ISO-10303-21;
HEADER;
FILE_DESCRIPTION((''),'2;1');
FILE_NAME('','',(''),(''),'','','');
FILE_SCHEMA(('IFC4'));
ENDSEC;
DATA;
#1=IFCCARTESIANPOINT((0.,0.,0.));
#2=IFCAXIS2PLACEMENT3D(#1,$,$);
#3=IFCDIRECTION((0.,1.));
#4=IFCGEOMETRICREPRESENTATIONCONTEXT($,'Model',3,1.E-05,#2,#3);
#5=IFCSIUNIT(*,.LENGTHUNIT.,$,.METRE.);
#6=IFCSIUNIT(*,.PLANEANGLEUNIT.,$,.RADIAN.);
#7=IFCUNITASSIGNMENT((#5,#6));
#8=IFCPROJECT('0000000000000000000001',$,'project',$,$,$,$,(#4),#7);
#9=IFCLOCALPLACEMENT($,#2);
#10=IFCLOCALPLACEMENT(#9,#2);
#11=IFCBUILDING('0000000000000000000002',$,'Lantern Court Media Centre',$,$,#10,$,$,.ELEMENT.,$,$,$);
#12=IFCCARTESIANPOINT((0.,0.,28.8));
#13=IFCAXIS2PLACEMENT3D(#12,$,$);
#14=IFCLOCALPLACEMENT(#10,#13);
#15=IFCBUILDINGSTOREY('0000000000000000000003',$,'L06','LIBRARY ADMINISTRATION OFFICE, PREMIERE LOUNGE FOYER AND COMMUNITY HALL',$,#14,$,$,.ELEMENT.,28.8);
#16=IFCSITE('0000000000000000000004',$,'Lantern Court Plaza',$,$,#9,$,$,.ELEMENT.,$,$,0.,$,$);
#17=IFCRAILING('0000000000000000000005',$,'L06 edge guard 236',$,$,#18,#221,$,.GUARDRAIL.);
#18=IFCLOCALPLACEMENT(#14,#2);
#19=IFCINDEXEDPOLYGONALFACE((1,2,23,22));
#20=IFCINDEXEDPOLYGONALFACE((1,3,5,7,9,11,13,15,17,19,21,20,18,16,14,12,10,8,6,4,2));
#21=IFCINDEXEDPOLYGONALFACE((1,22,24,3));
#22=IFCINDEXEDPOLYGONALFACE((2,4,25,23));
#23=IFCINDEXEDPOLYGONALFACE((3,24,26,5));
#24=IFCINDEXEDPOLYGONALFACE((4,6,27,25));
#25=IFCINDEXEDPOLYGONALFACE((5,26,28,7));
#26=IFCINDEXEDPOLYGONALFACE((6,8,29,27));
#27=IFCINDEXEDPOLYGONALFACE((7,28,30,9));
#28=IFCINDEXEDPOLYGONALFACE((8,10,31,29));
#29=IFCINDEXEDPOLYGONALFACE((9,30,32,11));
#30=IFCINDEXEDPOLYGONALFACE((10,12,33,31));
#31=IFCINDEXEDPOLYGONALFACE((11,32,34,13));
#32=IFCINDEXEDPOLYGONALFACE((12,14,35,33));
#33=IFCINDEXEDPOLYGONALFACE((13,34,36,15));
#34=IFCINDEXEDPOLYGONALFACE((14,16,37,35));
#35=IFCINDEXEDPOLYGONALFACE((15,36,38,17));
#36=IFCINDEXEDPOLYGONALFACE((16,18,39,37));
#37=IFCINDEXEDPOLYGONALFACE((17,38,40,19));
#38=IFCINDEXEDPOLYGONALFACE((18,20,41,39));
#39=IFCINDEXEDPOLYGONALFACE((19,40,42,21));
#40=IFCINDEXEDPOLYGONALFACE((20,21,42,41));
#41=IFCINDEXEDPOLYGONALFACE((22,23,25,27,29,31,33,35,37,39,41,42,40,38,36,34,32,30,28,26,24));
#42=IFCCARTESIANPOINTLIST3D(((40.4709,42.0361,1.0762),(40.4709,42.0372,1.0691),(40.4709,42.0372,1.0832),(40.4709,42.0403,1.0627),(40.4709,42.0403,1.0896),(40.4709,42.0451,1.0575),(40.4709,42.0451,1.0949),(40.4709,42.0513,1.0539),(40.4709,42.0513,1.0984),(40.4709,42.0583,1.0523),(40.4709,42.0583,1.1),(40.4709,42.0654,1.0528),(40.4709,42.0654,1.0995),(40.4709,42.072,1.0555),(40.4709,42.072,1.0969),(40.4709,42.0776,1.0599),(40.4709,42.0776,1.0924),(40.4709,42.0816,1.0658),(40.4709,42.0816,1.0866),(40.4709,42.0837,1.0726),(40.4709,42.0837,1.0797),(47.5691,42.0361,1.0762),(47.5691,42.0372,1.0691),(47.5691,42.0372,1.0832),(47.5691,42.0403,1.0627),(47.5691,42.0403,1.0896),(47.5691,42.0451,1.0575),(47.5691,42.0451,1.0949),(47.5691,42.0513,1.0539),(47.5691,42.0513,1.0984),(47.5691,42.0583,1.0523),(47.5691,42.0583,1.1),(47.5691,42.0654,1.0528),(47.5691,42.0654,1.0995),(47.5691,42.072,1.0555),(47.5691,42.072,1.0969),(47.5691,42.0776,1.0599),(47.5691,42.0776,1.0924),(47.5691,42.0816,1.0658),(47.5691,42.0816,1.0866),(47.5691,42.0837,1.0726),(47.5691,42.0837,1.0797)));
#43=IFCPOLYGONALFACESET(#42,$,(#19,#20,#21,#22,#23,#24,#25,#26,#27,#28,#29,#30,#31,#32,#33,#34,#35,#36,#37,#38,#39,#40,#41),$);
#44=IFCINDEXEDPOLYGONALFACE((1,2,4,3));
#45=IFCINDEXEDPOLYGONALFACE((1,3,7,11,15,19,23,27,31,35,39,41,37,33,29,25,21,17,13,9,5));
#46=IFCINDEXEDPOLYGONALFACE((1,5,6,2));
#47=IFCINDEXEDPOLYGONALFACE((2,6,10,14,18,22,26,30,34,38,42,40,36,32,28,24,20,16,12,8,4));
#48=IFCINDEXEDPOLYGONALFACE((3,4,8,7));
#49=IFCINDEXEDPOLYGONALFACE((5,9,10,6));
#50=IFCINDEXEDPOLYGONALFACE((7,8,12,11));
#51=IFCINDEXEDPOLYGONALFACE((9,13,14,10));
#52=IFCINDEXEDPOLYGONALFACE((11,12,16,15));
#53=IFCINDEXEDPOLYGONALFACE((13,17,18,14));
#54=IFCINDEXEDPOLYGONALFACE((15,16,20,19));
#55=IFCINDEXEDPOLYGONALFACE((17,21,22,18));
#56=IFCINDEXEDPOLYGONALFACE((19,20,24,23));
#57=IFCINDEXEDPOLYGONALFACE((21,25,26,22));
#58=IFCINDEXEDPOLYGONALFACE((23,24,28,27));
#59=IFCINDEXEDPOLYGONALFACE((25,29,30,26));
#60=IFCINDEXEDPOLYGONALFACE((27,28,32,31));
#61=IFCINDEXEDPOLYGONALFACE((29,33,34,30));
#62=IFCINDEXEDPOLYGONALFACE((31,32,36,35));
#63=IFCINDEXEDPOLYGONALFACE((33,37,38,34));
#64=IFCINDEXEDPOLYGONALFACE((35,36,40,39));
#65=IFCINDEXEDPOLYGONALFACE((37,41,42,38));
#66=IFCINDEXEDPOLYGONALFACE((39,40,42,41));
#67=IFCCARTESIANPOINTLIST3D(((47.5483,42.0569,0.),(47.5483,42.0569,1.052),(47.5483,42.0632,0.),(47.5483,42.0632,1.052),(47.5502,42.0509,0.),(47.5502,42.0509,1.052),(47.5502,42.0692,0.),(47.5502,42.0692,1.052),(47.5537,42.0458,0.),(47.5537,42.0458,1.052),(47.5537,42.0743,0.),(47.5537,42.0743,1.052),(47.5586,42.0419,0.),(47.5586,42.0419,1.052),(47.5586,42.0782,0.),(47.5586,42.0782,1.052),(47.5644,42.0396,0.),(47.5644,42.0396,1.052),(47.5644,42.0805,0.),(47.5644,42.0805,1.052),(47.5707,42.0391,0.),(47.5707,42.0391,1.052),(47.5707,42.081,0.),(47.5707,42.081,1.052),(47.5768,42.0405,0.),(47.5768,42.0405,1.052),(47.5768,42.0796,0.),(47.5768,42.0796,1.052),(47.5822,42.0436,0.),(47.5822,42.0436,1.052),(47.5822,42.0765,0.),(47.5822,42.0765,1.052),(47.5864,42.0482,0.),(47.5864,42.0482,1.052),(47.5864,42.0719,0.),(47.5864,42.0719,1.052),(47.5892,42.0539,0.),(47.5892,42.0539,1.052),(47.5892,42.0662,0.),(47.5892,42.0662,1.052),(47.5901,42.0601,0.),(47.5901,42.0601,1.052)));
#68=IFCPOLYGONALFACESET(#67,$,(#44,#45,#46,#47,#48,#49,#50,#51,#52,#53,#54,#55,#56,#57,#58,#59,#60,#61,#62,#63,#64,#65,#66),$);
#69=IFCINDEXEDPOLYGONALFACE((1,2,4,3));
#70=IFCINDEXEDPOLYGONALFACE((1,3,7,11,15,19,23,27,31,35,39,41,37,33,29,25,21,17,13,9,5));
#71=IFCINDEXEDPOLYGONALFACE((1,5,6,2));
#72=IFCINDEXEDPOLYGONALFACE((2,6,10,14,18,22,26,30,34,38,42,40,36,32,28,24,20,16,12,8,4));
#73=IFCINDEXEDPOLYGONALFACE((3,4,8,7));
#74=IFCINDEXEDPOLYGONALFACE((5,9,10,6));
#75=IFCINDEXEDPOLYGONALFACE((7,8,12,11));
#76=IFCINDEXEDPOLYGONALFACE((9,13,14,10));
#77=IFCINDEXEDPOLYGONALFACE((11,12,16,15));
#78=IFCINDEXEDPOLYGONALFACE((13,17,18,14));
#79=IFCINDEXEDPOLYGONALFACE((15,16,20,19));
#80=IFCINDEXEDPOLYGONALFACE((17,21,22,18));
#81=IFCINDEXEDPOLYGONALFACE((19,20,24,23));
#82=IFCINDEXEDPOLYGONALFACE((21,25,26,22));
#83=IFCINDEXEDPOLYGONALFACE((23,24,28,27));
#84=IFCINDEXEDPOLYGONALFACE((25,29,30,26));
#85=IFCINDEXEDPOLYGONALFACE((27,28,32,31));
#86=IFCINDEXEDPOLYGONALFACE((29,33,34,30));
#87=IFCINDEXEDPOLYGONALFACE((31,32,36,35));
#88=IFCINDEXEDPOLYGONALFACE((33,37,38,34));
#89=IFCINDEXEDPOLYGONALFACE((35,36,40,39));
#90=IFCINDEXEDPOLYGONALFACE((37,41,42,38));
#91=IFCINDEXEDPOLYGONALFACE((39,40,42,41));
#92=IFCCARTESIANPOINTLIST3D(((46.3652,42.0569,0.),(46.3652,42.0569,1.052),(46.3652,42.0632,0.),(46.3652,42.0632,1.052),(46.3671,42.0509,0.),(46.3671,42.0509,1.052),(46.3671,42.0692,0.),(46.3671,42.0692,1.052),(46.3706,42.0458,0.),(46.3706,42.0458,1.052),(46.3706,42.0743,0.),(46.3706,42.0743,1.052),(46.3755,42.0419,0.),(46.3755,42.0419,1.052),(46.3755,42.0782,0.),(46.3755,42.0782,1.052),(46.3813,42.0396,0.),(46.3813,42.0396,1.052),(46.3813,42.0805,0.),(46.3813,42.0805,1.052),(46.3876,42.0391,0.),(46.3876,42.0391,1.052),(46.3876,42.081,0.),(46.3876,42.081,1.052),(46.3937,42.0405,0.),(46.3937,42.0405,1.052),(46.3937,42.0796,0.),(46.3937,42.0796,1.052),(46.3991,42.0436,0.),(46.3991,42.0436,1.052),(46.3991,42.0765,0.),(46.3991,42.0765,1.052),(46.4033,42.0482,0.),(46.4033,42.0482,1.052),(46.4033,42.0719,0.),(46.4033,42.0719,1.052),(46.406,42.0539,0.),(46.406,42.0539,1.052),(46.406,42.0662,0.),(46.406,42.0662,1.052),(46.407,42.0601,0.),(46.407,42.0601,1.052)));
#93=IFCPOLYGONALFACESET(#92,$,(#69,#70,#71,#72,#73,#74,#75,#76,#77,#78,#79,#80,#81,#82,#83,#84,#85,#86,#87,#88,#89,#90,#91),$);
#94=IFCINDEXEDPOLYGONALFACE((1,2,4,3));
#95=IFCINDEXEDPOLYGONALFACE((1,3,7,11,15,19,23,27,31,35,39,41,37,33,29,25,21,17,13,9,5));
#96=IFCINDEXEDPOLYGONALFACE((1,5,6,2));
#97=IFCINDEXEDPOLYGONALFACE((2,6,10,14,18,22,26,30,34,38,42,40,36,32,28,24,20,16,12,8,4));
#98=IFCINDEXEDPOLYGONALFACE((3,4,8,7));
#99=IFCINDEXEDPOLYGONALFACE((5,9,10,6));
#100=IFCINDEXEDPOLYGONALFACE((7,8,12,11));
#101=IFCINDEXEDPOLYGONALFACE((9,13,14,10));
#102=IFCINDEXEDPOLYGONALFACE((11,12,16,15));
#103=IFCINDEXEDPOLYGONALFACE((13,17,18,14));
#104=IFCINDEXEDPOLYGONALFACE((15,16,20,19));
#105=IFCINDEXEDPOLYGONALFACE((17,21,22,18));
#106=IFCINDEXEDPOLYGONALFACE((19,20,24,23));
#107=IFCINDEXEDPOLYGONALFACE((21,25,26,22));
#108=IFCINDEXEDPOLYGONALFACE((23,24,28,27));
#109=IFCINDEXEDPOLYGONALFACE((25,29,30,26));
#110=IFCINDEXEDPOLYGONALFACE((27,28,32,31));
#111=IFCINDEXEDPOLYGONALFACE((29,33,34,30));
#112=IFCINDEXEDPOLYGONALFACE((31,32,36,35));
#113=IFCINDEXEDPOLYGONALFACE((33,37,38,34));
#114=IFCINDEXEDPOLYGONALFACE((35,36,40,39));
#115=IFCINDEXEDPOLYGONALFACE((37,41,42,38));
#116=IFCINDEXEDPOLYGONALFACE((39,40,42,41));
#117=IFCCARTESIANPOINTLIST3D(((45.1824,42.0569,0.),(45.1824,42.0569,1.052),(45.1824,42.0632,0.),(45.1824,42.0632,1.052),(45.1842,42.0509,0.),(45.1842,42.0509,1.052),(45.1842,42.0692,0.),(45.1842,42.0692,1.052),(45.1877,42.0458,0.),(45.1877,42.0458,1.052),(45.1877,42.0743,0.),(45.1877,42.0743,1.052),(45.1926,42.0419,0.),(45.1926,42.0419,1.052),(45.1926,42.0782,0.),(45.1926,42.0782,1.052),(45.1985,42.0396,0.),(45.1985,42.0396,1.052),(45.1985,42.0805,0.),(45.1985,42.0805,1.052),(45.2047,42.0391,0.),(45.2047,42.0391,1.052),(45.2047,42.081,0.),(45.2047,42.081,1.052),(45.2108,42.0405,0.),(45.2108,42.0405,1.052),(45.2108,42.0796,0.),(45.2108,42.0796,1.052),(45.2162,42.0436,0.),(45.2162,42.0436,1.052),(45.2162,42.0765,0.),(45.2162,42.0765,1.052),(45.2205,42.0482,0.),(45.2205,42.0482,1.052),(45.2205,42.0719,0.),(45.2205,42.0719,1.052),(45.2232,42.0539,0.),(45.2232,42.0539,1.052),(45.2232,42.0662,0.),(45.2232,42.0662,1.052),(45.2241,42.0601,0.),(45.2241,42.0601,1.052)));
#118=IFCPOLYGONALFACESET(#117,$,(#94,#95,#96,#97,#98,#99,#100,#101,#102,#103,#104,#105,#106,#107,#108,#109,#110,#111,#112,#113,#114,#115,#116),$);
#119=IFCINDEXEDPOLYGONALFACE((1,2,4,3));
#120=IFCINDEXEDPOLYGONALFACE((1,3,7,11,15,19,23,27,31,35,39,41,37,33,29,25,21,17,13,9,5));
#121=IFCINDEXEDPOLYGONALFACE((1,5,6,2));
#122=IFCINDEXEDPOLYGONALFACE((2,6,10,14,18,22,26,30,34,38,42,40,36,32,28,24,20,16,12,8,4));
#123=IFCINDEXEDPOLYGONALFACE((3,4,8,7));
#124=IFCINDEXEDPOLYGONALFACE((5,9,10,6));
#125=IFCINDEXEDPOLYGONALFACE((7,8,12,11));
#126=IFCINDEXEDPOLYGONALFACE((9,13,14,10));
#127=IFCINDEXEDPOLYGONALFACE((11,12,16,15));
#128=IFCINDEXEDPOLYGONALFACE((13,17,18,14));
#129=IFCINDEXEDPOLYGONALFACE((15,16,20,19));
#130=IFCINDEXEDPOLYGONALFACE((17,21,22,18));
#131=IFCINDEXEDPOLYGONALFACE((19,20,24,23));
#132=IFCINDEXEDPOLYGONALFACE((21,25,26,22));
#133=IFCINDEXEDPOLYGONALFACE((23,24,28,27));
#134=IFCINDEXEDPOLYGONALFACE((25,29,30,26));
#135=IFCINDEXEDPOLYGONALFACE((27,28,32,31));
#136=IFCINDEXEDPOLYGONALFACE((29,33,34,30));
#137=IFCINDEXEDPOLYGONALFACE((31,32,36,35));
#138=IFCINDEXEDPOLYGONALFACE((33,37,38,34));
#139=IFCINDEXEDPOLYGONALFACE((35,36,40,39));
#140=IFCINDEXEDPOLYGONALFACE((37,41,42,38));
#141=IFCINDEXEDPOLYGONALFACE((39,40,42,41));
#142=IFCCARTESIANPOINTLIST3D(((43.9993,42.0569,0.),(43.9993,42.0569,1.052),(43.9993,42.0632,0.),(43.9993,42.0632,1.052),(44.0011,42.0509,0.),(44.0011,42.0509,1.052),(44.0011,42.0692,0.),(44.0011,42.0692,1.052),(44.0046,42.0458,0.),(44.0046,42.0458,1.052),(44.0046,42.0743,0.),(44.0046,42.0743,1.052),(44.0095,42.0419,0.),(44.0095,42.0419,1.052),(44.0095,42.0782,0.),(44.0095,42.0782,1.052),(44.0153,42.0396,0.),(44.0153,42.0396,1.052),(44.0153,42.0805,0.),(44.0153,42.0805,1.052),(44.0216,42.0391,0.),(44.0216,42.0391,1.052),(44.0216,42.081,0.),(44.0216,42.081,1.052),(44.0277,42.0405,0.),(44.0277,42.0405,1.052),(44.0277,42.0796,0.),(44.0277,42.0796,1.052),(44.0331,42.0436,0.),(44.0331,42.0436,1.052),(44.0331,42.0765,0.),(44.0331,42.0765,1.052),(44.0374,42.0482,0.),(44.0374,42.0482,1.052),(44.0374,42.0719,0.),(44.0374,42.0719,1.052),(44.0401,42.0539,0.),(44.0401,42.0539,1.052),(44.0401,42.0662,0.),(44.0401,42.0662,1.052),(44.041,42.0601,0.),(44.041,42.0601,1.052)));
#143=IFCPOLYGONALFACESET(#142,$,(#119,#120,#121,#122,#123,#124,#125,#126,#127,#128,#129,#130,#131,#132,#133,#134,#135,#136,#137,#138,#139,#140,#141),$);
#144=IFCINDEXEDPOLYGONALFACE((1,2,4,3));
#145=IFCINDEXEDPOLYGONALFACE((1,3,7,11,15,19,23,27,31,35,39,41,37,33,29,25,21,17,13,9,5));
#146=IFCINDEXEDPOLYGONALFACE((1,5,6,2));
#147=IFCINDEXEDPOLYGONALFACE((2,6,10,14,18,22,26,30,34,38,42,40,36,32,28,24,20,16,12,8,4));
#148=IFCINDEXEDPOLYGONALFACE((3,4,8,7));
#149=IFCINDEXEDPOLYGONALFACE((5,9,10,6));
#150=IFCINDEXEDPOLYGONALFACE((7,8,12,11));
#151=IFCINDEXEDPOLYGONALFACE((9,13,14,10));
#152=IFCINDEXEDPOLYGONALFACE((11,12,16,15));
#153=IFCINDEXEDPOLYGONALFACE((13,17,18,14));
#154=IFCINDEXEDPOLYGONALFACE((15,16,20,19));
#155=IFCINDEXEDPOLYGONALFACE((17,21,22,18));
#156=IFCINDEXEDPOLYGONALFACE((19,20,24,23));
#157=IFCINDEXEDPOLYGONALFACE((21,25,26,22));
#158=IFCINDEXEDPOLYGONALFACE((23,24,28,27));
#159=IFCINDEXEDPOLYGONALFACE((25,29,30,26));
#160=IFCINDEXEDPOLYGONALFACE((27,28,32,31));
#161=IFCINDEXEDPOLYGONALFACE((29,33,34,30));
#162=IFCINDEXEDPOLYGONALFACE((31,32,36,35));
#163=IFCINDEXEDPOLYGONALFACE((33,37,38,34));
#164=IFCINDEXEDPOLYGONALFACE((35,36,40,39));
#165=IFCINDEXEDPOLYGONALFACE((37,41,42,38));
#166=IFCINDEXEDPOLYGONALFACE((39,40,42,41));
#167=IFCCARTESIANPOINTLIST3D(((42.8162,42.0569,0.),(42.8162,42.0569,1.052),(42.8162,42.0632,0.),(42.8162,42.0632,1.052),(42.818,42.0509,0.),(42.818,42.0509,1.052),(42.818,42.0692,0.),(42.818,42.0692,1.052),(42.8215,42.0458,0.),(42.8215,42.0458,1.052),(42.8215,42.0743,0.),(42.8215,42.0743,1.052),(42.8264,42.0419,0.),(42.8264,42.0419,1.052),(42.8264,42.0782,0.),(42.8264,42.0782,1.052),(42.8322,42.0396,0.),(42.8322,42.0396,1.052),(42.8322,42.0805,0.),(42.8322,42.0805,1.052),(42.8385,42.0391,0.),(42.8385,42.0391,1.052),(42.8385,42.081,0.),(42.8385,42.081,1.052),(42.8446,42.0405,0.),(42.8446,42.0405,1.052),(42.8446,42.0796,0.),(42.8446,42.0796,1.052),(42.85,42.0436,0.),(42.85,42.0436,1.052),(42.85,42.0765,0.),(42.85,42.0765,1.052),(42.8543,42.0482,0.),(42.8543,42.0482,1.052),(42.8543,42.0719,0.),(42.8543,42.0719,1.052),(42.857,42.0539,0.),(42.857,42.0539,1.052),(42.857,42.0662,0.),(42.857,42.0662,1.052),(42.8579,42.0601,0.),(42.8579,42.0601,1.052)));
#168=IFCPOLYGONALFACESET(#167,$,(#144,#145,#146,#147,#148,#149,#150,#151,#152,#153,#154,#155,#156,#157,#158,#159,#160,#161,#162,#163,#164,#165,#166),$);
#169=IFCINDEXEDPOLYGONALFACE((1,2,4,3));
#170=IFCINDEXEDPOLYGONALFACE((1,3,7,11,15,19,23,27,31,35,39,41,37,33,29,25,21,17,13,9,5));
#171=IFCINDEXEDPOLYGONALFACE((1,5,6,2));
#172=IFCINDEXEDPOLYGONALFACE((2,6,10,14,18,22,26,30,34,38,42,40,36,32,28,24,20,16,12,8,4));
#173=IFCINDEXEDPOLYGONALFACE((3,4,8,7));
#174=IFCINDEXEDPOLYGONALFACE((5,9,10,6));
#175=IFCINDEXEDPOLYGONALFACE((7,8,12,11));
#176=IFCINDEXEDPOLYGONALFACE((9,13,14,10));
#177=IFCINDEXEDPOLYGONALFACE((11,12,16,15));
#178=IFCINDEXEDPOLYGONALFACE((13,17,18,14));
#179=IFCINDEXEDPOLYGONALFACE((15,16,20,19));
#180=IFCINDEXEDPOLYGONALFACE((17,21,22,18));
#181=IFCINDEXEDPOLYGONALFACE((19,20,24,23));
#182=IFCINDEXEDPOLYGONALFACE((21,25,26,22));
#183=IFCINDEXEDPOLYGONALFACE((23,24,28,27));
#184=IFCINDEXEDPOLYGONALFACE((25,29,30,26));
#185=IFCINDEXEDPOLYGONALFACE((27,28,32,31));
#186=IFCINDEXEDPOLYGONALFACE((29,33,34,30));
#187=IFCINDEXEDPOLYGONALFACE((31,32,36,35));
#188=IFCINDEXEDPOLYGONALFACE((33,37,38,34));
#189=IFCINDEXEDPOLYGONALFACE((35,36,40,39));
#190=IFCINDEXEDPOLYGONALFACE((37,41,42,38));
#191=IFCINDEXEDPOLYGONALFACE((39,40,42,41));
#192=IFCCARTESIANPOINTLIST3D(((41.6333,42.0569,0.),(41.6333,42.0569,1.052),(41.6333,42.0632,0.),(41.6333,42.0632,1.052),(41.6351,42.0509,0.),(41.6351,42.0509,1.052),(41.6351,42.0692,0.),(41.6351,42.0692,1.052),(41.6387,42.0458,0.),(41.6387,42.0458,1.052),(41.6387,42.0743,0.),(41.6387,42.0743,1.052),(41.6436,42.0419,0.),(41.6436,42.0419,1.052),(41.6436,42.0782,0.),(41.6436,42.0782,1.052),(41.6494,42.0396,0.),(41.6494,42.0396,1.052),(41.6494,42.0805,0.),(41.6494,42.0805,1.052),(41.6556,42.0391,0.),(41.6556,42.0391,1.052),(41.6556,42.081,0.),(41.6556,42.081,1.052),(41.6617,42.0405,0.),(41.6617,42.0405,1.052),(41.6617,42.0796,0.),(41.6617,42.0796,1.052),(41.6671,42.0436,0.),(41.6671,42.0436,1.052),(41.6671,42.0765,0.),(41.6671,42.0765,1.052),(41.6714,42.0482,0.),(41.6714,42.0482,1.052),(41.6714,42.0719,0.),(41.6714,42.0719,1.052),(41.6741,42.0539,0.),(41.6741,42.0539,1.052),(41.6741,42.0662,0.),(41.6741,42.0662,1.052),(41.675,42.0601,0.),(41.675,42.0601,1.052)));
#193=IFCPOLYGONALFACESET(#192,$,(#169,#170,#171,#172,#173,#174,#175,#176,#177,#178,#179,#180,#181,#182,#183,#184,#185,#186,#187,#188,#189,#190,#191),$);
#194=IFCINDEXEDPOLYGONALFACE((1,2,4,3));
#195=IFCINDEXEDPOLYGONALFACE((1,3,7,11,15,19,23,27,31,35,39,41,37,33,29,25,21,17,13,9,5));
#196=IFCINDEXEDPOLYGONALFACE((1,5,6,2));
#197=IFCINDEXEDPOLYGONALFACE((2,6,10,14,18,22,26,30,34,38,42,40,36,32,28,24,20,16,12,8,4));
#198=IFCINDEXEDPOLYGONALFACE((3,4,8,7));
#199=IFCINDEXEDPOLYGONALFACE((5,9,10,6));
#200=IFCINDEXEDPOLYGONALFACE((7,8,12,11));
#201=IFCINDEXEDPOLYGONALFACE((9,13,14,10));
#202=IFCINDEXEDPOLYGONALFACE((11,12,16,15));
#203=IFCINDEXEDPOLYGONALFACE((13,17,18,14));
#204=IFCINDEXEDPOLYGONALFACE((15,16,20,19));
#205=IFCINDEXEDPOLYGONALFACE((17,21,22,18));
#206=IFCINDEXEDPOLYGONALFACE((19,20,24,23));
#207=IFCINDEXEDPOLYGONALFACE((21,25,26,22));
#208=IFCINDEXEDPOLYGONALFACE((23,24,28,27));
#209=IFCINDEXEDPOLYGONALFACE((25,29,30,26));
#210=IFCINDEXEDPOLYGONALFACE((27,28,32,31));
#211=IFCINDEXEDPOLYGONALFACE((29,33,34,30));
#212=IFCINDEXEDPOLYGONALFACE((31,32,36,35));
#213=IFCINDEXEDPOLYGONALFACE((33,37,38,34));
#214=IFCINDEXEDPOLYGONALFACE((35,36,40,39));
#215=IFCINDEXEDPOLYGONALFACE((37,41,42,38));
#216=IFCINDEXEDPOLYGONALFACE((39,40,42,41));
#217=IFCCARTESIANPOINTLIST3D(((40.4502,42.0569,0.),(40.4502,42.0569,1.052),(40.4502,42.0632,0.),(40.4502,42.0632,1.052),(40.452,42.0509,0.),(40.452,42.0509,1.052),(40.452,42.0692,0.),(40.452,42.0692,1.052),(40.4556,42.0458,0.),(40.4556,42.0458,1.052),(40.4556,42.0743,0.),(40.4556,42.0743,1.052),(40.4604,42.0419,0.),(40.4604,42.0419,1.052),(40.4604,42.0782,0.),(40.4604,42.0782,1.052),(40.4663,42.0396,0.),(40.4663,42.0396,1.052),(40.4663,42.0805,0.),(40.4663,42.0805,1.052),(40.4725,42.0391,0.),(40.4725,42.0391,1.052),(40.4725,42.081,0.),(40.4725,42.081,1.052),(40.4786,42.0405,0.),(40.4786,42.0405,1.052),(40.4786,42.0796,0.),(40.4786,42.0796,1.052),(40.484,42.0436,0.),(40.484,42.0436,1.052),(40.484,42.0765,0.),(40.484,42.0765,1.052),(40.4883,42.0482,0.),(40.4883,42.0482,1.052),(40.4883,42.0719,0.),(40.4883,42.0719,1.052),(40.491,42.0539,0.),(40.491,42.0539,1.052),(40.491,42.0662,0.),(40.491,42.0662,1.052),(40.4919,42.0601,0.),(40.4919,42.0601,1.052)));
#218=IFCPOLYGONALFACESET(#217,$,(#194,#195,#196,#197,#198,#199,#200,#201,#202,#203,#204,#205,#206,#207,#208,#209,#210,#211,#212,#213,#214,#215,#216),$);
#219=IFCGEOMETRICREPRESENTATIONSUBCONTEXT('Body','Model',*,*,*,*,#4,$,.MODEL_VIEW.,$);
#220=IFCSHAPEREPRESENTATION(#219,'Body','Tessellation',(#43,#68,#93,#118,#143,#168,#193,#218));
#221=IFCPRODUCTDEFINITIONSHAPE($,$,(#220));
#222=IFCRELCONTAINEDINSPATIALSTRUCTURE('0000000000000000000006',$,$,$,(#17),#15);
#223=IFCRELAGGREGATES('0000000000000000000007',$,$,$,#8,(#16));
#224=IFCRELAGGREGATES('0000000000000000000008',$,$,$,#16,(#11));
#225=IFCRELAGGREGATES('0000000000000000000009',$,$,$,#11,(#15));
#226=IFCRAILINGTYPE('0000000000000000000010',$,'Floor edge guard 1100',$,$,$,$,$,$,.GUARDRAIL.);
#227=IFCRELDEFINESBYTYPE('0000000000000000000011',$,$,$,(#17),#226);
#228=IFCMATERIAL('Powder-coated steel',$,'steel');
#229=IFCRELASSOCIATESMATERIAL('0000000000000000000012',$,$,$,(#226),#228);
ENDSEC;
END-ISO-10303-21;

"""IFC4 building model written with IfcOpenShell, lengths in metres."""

from ifc_helpers import new_model, si_unit, direction, frame, origin, origin_2d, place, context, subcontext, project, spatial, circle, extrude, material, type_object, element, save


model = new_model("IFC4")

# Units and contexts
model_context = context("Model", 3, precision=1e-05, world=origin(), true_north=direction((0.0, 1.0)))
body_context = subcontext(model_context, "Body", "Model", "MODEL_VIEW")
ifc_project = project(units=[si_unit("LENGTHUNIT", "METRE"), si_unit("PLANEANGLEUNIT", "RADIAN")], contexts=[model_context])

# Site, building, storey
site_placement = place(None, origin())
site = spatial("IfcSite", under=ifc_project, at=site_placement, Name="Lantern Court Plaza", CompositionType="ELEMENT", RefElevation=0.0)
building_placement = place(site_placement, origin())
building = spatial("IfcBuilding", under=site, at=building_placement, Name="Lantern Court Media Centre", CompositionType="ELEMENT")
storey_placement = place(building_placement, frame((0.0, 0.0, 28.8)))
storey = spatial("IfcBuildingStorey", under=building, at=storey_placement, Name="L06", Description="LIBRARY ADMINISTRATION OFFICE, PREMIERE LOUNGE FOYER AND COMMUNITY HALL", CompositionType="ELEMENT", Elevation=28.8)

# Railing
ifc_material_1 = material(Name="Powder-coated steel", Category="steel")
railing_type = type_object("IfcRailingType", Name="Floor edge guard 1100", PredefinedType="GUARDRAIL", material=ifc_material_1)
railing_placement = place(storey_placement, frame((47.5691, 42.0601, 0.0)))
element("IfcRailing", 1, at=railing_placement, inside=storey, type_object=railing_type, Name="L06 edge guard 236", PredefinedType="GUARDRAIL", context=body_context, shape_type="SweptSolid", body=[
    extrude(circle(Radius=0.0239, at=origin_2d()), frame((0.0, 0.0, 1.0762), z_axis=(-1.0, 0.0, 0.0), x_axis=(0.0, -1.0, 0.0)), (0.0, 0.0, 1.0), 7.0981),
    extrude(circle(Radius=0.021, at=origin_2d()), origin(), (0.0, 0.0, 1.0), 1.052),
    extrude(circle(Radius=0.021, at=origin_2d()), frame((-1.1831, 0.0, 0.0)), (0.0, 0.0, 1.0), 1.052),
    extrude(circle(Radius=0.021, at=origin_2d()), frame((-2.366, 0.0, 0.0)), (0.0, 0.0, 1.0), 1.052),
    extrude(circle(Radius=0.021, at=origin_2d()), frame((-3.5491, 0.0, 0.0)), (0.0, 0.0, 1.0), 1.052),
    extrude(circle(Radius=0.021, at=origin_2d()), frame((-4.7322, 0.0, 0.0)), (0.0, 0.0, 1.0), 1.052),
    extrude(circle(Radius=0.021, at=origin_2d()), frame((-5.915, 0.0, 0.0)), (0.0, 0.0, 1.0), 1.052),
    extrude(circle(Radius=0.021, at=origin_2d()), frame((-7.0981, 0.0, 0.0)), (0.0, 0.0, 1.0), 1.052),
])

save(model, "model.ifc")
